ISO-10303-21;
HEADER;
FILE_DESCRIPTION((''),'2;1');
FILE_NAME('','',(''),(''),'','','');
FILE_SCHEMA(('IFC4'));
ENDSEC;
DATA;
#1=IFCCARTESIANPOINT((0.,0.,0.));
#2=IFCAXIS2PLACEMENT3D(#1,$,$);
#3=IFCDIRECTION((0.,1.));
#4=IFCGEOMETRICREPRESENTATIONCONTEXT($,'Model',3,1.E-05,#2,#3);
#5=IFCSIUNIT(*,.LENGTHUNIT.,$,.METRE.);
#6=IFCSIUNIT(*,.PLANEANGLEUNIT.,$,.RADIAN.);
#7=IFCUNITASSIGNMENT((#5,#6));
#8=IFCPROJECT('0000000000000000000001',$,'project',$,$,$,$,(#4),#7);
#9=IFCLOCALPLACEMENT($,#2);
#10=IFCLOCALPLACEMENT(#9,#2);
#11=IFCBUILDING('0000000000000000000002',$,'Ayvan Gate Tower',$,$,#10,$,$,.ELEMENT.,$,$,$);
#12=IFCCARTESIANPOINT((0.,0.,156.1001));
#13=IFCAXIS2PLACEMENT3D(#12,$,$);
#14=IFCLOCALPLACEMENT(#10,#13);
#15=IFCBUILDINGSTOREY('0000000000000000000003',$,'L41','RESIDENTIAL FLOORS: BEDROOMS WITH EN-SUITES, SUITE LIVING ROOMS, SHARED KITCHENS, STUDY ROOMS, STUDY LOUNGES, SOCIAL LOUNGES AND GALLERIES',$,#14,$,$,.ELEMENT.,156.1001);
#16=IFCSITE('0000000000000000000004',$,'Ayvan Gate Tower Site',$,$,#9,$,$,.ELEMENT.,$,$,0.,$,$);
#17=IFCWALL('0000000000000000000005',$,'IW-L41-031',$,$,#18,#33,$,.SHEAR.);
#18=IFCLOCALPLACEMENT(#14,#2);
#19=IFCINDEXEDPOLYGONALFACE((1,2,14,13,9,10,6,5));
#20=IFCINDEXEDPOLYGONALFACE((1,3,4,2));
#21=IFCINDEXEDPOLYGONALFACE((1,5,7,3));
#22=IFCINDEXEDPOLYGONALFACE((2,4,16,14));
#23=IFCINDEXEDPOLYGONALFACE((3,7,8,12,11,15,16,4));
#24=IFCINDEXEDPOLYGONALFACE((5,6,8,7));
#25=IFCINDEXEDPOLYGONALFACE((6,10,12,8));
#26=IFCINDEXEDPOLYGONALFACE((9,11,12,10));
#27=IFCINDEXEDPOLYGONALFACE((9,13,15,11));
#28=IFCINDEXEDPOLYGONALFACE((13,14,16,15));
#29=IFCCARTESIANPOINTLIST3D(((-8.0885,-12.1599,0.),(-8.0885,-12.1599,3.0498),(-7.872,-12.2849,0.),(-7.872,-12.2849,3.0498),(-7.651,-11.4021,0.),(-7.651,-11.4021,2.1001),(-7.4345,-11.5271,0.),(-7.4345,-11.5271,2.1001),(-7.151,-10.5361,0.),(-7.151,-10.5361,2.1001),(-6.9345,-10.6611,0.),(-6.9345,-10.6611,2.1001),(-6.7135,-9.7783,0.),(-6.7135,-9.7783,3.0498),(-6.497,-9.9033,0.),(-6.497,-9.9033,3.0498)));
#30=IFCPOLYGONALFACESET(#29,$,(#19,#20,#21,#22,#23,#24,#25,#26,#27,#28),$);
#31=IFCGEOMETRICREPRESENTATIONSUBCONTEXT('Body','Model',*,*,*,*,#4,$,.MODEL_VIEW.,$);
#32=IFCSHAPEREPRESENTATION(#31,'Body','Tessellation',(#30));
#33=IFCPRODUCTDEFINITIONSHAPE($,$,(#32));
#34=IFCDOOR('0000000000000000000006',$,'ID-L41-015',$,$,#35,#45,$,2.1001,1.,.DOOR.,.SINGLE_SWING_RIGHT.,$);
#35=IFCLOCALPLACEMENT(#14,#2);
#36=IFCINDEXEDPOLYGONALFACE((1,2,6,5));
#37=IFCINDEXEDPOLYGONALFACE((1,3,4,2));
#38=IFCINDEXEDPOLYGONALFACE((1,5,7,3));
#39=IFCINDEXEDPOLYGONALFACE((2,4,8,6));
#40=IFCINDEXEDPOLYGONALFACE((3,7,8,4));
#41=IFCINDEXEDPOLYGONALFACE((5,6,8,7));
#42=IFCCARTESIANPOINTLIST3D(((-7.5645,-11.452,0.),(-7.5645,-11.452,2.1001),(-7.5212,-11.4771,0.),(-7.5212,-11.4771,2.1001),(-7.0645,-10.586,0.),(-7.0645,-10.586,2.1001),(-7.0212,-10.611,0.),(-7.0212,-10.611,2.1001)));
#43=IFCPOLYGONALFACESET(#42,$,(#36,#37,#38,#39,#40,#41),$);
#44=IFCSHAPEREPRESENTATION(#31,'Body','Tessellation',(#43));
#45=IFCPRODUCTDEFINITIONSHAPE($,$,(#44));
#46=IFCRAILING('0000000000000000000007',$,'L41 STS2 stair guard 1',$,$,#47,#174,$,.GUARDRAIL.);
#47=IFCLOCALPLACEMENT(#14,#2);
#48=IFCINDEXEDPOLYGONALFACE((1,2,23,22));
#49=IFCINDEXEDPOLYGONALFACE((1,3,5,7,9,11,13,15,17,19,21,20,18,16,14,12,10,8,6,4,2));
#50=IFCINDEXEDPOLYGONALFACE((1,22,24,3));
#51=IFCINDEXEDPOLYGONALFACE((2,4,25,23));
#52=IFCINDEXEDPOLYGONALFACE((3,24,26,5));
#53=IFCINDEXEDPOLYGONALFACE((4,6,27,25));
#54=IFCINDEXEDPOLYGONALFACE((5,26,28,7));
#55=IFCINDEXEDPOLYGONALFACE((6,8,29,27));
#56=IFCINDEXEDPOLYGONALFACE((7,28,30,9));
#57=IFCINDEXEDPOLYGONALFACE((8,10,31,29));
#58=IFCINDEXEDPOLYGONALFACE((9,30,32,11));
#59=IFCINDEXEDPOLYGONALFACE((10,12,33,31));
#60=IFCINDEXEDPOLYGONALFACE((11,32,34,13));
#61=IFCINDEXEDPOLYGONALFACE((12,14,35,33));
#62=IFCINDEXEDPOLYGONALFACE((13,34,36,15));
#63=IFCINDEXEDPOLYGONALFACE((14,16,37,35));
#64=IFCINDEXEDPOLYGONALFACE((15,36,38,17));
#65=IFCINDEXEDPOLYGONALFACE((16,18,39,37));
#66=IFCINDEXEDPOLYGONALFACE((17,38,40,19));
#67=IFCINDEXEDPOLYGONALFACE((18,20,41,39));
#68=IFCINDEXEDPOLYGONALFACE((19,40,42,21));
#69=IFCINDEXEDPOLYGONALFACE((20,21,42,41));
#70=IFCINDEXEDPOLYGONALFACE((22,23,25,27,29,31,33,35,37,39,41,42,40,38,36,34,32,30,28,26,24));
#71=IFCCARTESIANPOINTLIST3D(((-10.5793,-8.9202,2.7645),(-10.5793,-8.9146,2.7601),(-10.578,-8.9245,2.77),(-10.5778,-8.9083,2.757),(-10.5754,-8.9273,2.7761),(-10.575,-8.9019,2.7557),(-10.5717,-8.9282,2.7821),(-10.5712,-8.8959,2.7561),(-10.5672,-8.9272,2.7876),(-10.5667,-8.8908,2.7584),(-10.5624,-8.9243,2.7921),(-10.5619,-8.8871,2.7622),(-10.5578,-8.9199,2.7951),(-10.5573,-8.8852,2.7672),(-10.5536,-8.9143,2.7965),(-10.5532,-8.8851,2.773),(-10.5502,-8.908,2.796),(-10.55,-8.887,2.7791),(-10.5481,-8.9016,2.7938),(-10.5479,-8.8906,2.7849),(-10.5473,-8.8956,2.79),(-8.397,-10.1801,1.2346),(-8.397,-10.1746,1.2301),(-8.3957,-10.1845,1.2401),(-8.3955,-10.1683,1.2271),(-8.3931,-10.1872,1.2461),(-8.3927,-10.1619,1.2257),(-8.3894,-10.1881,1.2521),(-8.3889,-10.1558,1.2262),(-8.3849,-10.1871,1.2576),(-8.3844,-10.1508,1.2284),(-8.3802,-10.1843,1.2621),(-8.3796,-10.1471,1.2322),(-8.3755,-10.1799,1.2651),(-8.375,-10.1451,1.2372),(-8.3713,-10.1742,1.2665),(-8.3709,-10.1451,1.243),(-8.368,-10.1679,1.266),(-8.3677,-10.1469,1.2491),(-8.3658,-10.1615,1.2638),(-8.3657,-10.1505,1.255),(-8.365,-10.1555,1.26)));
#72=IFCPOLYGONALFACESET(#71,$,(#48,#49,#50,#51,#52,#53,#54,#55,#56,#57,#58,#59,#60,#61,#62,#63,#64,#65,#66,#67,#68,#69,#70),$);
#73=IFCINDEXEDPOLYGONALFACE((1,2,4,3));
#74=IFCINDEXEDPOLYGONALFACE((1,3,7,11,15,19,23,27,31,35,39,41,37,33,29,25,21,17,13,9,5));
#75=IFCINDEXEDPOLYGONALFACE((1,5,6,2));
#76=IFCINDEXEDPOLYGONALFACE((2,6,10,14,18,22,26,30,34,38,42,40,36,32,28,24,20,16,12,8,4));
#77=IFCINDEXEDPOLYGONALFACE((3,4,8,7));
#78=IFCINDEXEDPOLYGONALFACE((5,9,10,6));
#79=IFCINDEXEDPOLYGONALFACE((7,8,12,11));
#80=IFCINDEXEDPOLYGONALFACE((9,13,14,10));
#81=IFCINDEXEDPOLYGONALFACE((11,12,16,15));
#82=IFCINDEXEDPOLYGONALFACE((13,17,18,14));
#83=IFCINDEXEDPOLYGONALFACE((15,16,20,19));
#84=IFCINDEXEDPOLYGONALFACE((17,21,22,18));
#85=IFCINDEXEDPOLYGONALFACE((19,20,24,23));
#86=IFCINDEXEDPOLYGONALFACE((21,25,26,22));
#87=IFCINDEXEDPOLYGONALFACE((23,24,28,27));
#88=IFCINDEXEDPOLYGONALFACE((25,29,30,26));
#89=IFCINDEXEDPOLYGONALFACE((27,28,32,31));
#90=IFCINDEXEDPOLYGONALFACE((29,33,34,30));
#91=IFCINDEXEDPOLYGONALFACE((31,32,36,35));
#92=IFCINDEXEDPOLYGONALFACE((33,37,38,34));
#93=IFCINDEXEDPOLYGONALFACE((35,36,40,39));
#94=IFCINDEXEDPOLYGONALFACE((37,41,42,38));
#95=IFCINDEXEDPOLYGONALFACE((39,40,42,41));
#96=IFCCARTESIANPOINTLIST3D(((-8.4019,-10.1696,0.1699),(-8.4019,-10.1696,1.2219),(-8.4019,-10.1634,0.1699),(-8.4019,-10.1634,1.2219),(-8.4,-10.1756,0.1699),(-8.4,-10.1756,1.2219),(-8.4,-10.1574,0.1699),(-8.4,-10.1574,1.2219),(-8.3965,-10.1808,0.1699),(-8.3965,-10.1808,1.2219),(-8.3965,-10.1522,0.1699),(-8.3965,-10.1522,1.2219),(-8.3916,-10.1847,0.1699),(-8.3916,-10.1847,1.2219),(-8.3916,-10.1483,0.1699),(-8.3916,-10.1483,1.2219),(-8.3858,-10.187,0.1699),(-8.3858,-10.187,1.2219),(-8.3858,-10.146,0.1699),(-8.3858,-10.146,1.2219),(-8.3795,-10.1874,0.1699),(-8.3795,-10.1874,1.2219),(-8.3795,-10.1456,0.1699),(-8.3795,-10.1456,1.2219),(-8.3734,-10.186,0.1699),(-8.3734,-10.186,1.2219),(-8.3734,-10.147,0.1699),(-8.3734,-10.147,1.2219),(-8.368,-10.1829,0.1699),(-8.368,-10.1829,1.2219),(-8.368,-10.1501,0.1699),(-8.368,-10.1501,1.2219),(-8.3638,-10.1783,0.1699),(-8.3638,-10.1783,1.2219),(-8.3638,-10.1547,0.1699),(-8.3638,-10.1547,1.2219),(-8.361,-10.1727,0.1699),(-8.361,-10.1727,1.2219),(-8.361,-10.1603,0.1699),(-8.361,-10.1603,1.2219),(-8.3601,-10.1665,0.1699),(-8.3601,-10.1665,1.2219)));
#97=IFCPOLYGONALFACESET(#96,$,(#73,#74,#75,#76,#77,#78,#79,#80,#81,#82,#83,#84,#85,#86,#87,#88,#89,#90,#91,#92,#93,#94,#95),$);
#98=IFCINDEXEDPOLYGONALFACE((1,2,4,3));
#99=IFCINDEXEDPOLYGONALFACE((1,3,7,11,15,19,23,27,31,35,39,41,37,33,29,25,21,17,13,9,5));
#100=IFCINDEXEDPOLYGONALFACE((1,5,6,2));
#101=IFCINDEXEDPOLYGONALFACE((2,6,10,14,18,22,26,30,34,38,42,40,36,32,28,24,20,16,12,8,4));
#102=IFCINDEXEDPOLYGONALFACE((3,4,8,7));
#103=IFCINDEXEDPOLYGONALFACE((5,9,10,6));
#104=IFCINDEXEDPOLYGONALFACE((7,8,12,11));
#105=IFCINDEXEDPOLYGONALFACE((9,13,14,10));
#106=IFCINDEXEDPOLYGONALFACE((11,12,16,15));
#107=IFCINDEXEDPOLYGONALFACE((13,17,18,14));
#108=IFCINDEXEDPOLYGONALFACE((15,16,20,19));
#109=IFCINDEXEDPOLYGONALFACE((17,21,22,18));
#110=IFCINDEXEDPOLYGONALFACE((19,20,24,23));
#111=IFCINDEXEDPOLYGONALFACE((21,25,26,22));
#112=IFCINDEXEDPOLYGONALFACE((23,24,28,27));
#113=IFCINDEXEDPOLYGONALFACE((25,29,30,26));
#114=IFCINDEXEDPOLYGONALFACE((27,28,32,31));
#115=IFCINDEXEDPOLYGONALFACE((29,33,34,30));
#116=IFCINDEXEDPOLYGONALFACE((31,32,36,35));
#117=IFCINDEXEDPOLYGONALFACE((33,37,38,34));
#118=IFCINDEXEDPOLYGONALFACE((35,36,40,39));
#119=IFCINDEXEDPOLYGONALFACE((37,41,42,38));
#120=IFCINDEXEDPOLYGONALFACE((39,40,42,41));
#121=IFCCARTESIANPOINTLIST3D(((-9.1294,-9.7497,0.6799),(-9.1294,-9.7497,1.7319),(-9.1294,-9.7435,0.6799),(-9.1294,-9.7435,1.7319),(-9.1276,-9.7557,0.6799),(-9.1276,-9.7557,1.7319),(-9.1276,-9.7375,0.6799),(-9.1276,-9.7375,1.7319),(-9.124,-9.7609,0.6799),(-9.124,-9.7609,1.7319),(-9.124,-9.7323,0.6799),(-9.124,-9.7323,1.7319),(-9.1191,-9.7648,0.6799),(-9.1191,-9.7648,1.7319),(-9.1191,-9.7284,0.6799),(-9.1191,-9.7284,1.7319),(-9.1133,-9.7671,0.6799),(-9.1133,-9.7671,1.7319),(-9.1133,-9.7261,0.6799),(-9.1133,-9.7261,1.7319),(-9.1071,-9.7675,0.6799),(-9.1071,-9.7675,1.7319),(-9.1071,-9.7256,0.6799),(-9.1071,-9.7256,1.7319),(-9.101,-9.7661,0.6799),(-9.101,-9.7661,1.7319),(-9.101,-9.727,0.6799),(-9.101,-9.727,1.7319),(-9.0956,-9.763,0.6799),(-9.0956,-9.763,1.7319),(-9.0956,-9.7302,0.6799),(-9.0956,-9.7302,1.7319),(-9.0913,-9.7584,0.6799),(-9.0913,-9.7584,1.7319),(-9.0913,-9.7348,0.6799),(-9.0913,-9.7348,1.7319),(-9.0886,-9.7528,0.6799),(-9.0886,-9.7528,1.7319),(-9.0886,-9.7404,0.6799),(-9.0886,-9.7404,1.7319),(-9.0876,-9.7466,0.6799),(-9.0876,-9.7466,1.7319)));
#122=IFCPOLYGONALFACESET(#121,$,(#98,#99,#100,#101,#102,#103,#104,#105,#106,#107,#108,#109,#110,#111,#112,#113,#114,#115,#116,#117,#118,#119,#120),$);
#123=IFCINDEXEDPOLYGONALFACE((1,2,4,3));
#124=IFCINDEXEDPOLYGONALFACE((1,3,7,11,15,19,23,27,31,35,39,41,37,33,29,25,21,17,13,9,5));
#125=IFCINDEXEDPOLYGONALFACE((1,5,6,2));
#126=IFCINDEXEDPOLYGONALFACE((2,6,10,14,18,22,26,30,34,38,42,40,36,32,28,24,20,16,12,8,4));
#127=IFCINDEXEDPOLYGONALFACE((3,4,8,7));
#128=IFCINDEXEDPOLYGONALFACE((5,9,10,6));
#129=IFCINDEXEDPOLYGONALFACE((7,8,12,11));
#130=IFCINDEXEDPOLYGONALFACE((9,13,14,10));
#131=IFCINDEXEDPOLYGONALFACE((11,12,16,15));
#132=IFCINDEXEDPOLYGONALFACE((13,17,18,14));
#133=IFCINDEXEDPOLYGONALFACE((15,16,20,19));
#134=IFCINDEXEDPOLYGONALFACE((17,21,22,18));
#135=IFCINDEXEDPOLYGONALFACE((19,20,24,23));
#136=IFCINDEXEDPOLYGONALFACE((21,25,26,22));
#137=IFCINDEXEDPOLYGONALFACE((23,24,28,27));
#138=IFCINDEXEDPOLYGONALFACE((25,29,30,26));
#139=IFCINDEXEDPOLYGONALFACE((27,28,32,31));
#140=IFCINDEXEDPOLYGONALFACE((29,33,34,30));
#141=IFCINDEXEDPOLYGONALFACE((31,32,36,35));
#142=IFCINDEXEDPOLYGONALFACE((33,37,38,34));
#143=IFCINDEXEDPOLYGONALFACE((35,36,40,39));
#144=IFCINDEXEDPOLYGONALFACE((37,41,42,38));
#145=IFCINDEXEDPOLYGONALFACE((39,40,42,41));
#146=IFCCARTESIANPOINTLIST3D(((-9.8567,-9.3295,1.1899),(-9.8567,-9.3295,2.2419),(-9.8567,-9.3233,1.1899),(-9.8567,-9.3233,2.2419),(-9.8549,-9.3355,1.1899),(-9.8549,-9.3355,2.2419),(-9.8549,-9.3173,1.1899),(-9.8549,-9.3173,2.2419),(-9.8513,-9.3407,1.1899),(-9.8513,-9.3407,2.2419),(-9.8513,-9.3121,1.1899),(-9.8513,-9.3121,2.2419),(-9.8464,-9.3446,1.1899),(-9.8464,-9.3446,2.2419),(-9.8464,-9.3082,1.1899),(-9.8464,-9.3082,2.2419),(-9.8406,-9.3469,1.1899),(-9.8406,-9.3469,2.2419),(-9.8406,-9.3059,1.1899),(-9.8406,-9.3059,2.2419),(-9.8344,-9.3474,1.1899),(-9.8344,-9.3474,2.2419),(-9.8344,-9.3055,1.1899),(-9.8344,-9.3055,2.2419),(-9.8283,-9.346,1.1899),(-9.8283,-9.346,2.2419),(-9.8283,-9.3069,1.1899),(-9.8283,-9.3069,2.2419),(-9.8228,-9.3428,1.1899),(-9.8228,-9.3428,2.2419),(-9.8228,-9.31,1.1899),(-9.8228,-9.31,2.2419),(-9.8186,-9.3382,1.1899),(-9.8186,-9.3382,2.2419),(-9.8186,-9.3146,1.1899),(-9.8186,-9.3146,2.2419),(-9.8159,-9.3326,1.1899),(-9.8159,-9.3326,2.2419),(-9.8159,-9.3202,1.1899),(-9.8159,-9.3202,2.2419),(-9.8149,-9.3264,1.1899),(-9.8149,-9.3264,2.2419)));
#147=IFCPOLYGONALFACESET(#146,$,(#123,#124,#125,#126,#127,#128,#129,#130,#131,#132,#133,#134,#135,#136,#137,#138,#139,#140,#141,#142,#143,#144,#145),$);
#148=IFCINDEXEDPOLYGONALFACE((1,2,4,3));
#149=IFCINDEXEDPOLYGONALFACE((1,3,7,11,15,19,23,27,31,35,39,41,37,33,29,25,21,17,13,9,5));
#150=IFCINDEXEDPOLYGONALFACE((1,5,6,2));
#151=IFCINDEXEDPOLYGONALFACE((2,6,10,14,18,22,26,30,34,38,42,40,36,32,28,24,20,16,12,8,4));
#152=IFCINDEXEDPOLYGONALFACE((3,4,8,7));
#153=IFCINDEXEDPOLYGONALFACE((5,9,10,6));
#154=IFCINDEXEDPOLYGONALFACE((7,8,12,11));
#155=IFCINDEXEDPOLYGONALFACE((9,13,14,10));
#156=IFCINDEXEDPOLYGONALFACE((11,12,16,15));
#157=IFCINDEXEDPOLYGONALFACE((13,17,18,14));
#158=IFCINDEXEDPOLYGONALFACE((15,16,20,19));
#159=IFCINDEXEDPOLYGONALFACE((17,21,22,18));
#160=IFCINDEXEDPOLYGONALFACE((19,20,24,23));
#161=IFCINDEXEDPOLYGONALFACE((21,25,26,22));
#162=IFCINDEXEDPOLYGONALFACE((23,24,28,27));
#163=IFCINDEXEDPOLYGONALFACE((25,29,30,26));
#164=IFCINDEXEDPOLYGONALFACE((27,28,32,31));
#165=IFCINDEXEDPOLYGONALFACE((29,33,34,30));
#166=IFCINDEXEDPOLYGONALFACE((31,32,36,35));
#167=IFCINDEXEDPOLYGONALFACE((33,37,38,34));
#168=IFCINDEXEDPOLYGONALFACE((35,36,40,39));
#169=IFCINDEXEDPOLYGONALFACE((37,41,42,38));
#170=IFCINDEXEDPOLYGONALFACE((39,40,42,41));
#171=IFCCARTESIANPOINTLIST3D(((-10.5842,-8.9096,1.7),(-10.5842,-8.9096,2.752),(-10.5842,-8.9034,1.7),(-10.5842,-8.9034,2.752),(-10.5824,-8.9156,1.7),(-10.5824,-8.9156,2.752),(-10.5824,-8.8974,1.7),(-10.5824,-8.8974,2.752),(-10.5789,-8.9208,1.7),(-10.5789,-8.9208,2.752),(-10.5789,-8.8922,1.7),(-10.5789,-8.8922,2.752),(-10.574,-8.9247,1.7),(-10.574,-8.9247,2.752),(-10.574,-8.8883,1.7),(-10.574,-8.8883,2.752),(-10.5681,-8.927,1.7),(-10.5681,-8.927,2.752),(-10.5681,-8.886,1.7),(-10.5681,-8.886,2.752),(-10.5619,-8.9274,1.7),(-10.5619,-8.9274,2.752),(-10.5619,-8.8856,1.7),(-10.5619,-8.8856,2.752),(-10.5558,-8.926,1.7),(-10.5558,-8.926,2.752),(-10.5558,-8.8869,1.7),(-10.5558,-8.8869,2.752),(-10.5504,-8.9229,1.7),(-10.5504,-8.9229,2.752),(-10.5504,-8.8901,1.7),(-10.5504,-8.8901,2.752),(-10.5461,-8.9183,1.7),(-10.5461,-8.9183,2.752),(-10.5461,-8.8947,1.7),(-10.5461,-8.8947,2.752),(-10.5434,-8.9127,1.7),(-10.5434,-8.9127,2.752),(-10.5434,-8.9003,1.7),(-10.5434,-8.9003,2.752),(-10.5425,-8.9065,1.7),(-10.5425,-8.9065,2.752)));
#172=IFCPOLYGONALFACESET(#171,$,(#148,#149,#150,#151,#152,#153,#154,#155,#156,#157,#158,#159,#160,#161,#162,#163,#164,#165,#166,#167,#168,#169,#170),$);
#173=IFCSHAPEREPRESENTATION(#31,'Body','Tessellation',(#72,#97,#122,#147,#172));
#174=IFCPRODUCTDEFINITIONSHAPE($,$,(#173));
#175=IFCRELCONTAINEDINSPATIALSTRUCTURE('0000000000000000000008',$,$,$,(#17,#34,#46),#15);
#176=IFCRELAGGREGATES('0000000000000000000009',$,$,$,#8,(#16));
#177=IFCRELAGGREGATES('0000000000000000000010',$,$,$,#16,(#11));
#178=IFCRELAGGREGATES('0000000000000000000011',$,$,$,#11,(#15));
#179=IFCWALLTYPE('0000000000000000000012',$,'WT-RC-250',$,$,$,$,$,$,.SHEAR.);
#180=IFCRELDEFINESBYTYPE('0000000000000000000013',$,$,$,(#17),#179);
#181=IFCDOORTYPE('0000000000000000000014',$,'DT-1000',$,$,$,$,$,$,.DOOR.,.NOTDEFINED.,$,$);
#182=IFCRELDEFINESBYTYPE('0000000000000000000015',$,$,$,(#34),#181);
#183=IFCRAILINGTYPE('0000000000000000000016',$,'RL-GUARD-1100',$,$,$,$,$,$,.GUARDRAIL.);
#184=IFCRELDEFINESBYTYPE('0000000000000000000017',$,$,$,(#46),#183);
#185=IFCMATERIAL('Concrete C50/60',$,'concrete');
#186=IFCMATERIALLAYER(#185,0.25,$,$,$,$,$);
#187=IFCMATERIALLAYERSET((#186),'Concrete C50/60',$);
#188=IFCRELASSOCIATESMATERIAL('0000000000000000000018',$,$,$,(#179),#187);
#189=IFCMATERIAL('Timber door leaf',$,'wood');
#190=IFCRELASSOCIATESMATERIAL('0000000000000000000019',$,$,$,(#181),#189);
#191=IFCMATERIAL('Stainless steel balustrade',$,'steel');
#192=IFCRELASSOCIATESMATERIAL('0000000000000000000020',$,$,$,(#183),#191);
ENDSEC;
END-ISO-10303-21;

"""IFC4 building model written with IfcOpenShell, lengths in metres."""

from ifc_helpers import new_model, si_unit, direction, frame, frame_2d, origin, origin_2d, place, context, subcontext, project, spatial, rectangle, circle, extrude, material, layer, layer_set, type_object, element, fill, save


model = new_model("IFC4")

# Units and contexts
model_context = context("Model", 3, precision=1e-05, world=origin(), true_north=direction((0.0, 1.0)))
body_context = subcontext(model_context, "Body", "Model", "MODEL_VIEW")
ifc_project = project(units=[si_unit("LENGTHUNIT", "METRE"), si_unit("PLANEANGLEUNIT", "RADIAN")], contexts=[model_context])

# Site, building, storey
site_placement = place(None, origin())
site = spatial("IfcSite", under=ifc_project, at=site_placement, Name="Ayvan Gate Tower Site", CompositionType="ELEMENT", RefElevation=0.0)
building_placement = place(site_placement, origin())
building = spatial("IfcBuilding", under=site, at=building_placement, Name="Ayvan Gate Tower", CompositionType="ELEMENT")
storey_placement = place(building_placement, frame((0.0, 0.0, 156.1001)))
storey = spatial("IfcBuildingStorey", under=building, at=storey_placement, Name="L41", Description="RESIDENTIAL FLOORS: BEDROOMS WITH EN-SUITES, SUITE LIVING ROOMS, SHARED KITCHENS, STUDY ROOMS, STUDY LOUNGES, SOCIAL LOUNGES AND GALLERIES", CompositionType="ELEMENT", Elevation=156.1001)

# Shared definitions
ifc_material_1 = material(Name="Timber door leaf", Category="wood")

# Wall, opening, door
ifc_material_2 = material(Name="Concrete C50/60", Category="concrete")
ifc_layer_1 = layer(ifc_material_2, 0.25)
ifc_layer_set_1 = layer_set([ifc_layer_1], Name="Concrete C50/60")
wall_type_1 = type_object("IfcWallType", Name="WT-RC-250", PredefinedType="SHEAR", material=ifc_layer_set_1)
wall_1_placement = place(storey_placement, frame((-6.6052, -9.8408, 0.0), z_axis=(0.0, 0.0, 1.0), x_axis=(-0.499997, -0.866027, 0.0)))
wall_1 = element("IfcWall", 1, at=wall_1_placement, inside=storey, type_object=wall_type_1, Name="IW-L41-031", PredefinedType="SHEAR", context=body_context, shape_type="SweptSolid", body=[
    extrude(rectangle(XDim=2.75, YDim=0.25, at=frame_2d((1.375, 0.0))), origin(), (0.0, 0.0, 1.0), 3.0498),
])
opening_1_placement = place(wall_1_placement, frame((0.875, 0.0, 0.0)))
opening_1 = element("IfcOpeningElement", 2, at=opening_1_placement, cuts=wall_1, PredefinedType="OPENING", context=body_context, shape_type="SweptSolid", body=[
    extrude(rectangle(XDim=1.0, YDim=2.1001, at=frame_2d((0.5, 1.05))), frame((0.0, 0.135, 0.0), z_axis=(0.0, -1.0, 0.0), x_axis=(1.0, 0.0, 0.0)), (0.0, 0.0, 1.0), 0.27),
])
door_type_1 = type_object("IfcDoorType", Name="DT-1000", OperationType="NOTDEFINED", PredefinedType="DOOR", material=ifc_material_1)
door_1_placement = place(opening_1_placement, origin())
door_1 = element("IfcDoor", 3, at=door_1_placement, inside=storey, type_object=door_type_1, Name="ID-L41-015", OperationType="SINGLE_SWING_RIGHT", OverallHeight=2.1001, OverallWidth=1.0, PredefinedType="DOOR", context=body_context, shape_type="SweptSolid", body=[
    extrude(rectangle(XDim=1.0, YDim=2.1001, at=frame_2d((0.5, 1.05))), frame((0.0, 0.0249, 0.0), z_axis=(0.0, -1.0, 0.0), x_axis=(1.0, 0.0, 0.0)), (0.0, 0.0, 1.0), 0.05),
])
fill(opening_1, door_1)

# Railing
ifc_material_3 = material(Name="Stainless steel balustrade", Category="steel")
railing_type_1 = type_object("IfcRailingType", Name="RL-GUARD-1100", PredefinedType="GUARDRAIL", material=ifc_material_3)
railing_1_placement = place(storey_placement, frame((-8.3811, -10.1665, 0.1699)))
element("IfcRailing", 4, at=railing_1_placement, inside=storey, type_object=railing_type_1, Name="L41 STS2 stair guard 1", PredefinedType="GUARDRAIL", context=body_context, shape_type="SweptSolid", body=[
    extrude(circle(Radius=0.0239, at=origin_2d()), frame((0.0, 0.0, 1.0762), z_axis=(-0.740261, 0.427395, 0.518986), x_axis=(-0.500005, -0.866023, 0.0)), (0.0, 0.0, 1.0), 2.948),
    extrude(circle(Radius=0.021, at=origin_2d()), origin(), (0.0, 0.0, 1.0), 1.052),
    extrude(circle(Radius=0.021, at=origin_2d()), frame((-0.7275, 0.4199, 0.51)), (0.0, 0.0, 1.0), 1.052),
    extrude(circle(Radius=0.021, at=origin_2d()), frame((-1.4548, 0.8401, 1.02)), (0.0, 0.0, 1.0), 1.052),
    extrude(circle(Radius=0.021, at=origin_2d()), frame((-2.1824, 1.26, 1.53)), (0.0, 0.0, 1.0), 1.052),
])

save(model, "model.ifc")
